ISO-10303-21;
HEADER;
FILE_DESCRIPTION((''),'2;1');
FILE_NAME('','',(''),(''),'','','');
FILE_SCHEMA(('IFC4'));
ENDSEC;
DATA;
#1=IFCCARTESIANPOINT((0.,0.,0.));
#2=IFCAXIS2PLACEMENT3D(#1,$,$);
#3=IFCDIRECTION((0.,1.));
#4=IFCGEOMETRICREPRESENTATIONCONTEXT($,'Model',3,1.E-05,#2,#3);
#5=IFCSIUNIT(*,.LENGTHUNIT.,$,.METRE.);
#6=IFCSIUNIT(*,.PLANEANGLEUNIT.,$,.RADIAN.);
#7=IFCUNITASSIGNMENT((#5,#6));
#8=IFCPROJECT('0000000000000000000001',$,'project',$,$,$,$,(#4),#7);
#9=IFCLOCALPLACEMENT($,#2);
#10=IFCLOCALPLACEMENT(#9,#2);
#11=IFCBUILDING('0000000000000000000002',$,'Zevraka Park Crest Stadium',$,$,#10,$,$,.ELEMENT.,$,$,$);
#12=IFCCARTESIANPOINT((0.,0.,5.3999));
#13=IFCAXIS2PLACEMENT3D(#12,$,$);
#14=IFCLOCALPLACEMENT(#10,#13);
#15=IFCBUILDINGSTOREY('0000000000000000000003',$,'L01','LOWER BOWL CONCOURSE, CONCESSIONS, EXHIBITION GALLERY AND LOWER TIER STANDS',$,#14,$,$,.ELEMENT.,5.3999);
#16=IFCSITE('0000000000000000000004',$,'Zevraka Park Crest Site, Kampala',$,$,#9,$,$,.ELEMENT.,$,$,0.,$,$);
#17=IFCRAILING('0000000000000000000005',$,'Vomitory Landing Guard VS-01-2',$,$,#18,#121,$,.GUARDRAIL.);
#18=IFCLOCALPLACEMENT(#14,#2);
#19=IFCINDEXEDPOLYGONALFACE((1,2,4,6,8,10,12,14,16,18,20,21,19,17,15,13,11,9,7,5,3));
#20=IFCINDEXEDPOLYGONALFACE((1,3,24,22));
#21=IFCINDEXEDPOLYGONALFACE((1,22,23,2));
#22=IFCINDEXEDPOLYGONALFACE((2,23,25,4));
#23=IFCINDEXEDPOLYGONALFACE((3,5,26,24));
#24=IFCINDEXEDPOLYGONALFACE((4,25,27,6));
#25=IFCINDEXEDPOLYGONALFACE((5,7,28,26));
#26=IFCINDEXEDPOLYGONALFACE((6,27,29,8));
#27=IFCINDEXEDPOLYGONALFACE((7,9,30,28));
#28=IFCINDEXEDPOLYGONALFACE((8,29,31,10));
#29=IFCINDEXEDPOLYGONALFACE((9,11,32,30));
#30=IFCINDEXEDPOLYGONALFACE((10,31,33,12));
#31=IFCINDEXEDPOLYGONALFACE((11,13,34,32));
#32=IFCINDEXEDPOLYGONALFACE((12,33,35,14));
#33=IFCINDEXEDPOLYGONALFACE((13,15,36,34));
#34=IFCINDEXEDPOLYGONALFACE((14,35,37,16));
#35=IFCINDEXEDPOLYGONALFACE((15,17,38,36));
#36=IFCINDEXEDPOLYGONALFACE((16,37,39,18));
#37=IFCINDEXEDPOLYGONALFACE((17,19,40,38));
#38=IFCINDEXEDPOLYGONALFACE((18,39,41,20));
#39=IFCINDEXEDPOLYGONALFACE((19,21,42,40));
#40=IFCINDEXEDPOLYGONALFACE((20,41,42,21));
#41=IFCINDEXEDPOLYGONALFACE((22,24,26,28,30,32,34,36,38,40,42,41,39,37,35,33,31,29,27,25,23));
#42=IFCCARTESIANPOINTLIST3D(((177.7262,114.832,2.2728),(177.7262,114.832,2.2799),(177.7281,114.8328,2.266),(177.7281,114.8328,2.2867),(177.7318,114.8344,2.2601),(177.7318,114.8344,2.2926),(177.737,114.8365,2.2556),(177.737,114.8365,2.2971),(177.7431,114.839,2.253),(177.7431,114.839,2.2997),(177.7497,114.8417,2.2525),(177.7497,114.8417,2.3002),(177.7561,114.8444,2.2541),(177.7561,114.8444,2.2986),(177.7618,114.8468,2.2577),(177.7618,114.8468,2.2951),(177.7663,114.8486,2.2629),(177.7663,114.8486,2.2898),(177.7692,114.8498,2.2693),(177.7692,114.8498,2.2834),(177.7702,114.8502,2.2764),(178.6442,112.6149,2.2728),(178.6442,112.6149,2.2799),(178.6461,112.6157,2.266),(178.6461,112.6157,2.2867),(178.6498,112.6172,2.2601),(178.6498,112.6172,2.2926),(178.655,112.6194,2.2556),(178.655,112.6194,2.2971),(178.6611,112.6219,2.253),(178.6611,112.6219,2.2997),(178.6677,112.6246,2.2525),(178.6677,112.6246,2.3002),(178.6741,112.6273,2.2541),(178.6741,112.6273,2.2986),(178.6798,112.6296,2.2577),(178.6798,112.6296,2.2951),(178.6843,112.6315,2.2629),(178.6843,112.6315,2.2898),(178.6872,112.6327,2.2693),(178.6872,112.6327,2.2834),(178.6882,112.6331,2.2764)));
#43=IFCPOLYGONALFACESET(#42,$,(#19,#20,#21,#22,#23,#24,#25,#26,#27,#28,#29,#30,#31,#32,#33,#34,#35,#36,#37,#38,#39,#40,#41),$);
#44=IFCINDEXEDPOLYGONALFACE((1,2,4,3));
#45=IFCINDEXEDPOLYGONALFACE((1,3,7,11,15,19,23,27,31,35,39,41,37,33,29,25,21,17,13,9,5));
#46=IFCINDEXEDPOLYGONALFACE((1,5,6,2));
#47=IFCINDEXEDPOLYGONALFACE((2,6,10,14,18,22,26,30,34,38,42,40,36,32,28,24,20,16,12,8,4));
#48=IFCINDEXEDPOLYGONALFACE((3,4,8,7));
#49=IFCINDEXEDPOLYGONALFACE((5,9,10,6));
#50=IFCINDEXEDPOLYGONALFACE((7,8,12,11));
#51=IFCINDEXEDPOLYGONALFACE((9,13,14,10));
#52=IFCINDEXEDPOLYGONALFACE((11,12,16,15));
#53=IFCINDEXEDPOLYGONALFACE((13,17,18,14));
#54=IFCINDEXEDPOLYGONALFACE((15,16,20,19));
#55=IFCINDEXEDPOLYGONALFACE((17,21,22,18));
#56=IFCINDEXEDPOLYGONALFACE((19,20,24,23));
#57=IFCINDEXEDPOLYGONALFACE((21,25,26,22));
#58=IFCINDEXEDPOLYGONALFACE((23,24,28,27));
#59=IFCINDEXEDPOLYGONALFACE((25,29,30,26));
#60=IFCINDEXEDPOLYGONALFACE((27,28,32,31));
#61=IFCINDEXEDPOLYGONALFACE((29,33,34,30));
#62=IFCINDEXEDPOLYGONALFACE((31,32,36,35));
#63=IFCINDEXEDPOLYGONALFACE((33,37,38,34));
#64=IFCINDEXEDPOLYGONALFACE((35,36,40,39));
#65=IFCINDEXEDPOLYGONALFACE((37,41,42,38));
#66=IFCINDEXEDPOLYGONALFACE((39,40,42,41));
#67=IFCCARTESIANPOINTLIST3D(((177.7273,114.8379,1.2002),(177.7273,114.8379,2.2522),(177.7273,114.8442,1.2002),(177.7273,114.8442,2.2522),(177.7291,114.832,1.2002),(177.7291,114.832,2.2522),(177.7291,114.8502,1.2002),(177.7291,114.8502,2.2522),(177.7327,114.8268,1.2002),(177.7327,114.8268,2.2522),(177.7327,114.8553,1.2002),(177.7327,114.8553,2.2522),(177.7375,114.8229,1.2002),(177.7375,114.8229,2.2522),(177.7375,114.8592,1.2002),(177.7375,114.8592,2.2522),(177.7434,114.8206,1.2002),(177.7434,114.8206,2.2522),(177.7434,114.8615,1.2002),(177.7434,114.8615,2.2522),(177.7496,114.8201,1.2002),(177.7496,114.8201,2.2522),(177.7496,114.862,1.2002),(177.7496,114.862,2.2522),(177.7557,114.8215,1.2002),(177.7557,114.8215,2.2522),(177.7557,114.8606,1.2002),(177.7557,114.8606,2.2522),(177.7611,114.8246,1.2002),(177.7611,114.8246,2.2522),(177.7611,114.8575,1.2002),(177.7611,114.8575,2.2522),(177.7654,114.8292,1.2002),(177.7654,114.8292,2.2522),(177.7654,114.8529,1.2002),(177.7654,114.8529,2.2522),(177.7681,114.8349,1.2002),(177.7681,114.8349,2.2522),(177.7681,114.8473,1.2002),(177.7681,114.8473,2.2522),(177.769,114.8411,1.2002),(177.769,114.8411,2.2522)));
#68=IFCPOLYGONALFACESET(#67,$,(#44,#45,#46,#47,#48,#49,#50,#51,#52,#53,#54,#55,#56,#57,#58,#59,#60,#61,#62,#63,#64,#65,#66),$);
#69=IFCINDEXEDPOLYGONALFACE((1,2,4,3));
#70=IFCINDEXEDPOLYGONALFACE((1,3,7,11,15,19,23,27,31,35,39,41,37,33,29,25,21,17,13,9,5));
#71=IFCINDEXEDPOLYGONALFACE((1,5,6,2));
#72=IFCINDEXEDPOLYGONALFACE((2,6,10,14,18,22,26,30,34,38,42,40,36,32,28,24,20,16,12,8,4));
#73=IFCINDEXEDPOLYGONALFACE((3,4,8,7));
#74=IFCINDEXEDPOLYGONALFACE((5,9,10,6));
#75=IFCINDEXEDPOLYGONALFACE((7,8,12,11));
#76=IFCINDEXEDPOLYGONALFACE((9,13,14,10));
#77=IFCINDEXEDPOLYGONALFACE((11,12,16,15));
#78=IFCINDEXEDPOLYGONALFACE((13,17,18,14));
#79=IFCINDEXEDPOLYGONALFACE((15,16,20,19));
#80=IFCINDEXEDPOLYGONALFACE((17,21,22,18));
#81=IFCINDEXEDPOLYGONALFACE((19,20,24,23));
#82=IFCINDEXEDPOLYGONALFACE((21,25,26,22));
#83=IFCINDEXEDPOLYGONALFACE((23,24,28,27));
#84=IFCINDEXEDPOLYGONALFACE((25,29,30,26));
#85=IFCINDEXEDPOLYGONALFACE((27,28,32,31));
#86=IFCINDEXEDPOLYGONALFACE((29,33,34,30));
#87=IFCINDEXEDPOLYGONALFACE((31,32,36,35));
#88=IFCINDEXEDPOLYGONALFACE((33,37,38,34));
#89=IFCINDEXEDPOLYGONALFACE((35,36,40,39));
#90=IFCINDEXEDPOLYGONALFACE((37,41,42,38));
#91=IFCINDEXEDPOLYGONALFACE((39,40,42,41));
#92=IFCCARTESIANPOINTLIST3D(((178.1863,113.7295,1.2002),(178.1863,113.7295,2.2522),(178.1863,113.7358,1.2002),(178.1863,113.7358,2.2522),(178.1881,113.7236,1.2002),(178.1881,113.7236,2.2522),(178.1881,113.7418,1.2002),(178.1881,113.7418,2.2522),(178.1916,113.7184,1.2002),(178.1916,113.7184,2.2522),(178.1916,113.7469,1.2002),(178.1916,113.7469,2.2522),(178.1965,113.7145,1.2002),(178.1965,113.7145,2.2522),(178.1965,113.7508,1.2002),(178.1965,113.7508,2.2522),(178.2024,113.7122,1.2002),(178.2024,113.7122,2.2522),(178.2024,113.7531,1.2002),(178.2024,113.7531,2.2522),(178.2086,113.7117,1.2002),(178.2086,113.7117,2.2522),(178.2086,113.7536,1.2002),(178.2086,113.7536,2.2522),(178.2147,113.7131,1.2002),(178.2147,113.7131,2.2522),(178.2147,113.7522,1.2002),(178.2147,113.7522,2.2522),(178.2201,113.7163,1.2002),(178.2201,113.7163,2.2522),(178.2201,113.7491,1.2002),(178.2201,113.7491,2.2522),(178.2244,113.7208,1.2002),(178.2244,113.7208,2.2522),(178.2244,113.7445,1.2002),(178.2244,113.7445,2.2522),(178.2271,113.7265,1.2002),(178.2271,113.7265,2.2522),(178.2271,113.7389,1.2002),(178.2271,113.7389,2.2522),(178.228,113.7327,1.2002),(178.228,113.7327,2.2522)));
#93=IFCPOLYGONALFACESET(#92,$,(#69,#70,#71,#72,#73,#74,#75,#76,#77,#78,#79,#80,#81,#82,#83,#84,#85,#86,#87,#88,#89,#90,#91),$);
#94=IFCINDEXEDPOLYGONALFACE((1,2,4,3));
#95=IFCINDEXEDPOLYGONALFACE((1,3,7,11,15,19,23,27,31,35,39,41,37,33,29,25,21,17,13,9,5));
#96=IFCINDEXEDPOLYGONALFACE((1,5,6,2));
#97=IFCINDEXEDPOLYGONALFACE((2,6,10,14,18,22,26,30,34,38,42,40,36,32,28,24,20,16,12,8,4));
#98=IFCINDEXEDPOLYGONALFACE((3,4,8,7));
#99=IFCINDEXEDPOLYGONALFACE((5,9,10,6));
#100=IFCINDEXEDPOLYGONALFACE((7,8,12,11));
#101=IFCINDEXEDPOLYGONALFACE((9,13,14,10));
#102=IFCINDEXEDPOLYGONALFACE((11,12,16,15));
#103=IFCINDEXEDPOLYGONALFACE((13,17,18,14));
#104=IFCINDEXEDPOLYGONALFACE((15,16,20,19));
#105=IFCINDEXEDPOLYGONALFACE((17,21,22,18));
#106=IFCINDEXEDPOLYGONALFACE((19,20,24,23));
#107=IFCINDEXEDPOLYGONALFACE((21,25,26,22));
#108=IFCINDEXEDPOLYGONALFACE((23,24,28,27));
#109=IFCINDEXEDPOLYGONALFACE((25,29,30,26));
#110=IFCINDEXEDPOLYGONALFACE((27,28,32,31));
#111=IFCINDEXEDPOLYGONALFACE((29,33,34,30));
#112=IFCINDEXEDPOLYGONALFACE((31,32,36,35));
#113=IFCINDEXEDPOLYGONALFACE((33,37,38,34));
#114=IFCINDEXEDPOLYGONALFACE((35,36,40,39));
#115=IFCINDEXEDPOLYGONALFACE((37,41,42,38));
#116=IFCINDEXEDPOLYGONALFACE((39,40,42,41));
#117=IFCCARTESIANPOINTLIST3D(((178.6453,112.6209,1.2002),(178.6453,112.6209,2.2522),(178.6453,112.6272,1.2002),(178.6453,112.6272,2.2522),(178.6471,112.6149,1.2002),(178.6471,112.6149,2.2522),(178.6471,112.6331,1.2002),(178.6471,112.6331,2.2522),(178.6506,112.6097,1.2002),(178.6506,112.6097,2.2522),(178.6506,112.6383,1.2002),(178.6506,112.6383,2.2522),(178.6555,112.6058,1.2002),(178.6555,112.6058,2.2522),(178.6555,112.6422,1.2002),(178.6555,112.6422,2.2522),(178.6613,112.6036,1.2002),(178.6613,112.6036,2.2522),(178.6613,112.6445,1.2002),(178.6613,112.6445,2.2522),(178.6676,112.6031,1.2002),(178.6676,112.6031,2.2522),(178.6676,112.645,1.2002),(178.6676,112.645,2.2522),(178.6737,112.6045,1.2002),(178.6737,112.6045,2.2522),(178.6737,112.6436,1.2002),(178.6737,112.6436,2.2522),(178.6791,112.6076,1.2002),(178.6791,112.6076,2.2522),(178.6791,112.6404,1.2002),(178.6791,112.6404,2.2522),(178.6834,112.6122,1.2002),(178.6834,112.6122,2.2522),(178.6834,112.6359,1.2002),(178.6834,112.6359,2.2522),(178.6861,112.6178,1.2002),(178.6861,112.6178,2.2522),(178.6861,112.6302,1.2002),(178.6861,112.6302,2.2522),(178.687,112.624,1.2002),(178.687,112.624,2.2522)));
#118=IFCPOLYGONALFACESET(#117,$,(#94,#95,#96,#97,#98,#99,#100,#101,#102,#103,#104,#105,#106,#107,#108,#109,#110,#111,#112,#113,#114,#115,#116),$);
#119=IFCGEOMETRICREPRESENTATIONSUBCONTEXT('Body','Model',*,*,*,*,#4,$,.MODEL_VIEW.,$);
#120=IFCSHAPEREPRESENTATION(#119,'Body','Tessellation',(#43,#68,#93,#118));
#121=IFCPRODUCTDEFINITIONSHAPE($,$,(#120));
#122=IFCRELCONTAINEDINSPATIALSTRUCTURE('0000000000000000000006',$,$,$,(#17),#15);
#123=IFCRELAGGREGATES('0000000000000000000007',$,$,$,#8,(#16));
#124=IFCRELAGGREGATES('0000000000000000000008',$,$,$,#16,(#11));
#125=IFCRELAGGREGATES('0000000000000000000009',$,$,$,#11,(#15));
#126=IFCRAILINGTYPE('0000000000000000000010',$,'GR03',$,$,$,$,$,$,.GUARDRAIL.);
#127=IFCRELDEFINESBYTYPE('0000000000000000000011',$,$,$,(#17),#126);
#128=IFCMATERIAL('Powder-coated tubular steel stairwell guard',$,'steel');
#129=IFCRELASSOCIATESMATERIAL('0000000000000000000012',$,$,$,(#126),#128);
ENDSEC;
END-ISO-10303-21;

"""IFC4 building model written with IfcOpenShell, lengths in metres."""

from ifc_helpers import new_model, si_unit, direction, frame, origin, origin_2d, place, context, subcontext, project, spatial, circle, extrude, material, type_object, element, save


model = new_model("IFC4")

# Units and contexts
model_context = context("Model", 3, precision=1e-05, world=origin(), true_north=direction((0.0, 1.0)))
body_context = subcontext(model_context, "Body", "Model", "MODEL_VIEW")
ifc_project = project(units=[si_unit("LENGTHUNIT", "METRE"), si_unit("PLANEANGLEUNIT", "RADIAN")], contexts=[model_context])

# Site, building, storey
site_placement = place(None, origin())
site = spatial("IfcSite", under=ifc_project, at=site_placement, Name="Zevraka Park Crest Site, Kampala", CompositionType="ELEMENT", RefElevation=0.0)
building_placement = place(site_placement, origin())
building = spatial("IfcBuilding", under=site, at=building_placement, Name="Zevraka Park Crest Stadium", CompositionType="ELEMENT")
storey_placement = place(building_placement, frame((0.0, 0.0, 5.3999)))
storey = spatial("IfcBuildingStorey", under=building, at=storey_placement, Name="L01", Description="LOWER BOWL CONCOURSE, CONCESSIONS, EXHIBITION GALLERY AND LOWER TIER STANDS", CompositionType="ELEMENT", Elevation=5.3999)

# Railing
ifc_material_1 = material(Name="Powder-coated tubular steel stairwell guard", Category="steel")
railing_type_1 = type_object("IfcRailingType", Name="GR03", PredefinedType="GUARDRAIL", material=ifc_material_1)
railing_1_placement = place(storey_placement, frame((177.748, 114.8411, 1.2002)))
element("IfcRailing", 1, at=railing_1_placement, inside=storey, type_object=railing_type_1, Name="Vomitory Landing Guard VS-01-2", PredefinedType="GUARDRAIL", context=body_context, shape_type="SweptSolid", body=[
    extrude(circle(Radius=0.0239, at=origin_2d()), frame((0.0, 0.0, 1.0762), z_axis=(0.382555, -0.923933, 0.0), x_axis=(0.923933, 0.382555, 0.0)), (0.0, 0.0, 1.0), 2.3997),
    extrude(circle(Radius=0.021, at=origin_2d()), origin(), (0.0, 0.0, 1.0), 1.052),
    extrude(circle(Radius=0.021, at=origin_2d()), frame((0.459, -1.1084, 0.0)), (0.0, 0.0, 1.0), 1.052),
    extrude(circle(Radius=0.021, at=origin_2d()), frame((0.918, -2.217, 0.0)), (0.0, 0.0, 1.0), 1.052),
])

save(model, "model.ifc")
